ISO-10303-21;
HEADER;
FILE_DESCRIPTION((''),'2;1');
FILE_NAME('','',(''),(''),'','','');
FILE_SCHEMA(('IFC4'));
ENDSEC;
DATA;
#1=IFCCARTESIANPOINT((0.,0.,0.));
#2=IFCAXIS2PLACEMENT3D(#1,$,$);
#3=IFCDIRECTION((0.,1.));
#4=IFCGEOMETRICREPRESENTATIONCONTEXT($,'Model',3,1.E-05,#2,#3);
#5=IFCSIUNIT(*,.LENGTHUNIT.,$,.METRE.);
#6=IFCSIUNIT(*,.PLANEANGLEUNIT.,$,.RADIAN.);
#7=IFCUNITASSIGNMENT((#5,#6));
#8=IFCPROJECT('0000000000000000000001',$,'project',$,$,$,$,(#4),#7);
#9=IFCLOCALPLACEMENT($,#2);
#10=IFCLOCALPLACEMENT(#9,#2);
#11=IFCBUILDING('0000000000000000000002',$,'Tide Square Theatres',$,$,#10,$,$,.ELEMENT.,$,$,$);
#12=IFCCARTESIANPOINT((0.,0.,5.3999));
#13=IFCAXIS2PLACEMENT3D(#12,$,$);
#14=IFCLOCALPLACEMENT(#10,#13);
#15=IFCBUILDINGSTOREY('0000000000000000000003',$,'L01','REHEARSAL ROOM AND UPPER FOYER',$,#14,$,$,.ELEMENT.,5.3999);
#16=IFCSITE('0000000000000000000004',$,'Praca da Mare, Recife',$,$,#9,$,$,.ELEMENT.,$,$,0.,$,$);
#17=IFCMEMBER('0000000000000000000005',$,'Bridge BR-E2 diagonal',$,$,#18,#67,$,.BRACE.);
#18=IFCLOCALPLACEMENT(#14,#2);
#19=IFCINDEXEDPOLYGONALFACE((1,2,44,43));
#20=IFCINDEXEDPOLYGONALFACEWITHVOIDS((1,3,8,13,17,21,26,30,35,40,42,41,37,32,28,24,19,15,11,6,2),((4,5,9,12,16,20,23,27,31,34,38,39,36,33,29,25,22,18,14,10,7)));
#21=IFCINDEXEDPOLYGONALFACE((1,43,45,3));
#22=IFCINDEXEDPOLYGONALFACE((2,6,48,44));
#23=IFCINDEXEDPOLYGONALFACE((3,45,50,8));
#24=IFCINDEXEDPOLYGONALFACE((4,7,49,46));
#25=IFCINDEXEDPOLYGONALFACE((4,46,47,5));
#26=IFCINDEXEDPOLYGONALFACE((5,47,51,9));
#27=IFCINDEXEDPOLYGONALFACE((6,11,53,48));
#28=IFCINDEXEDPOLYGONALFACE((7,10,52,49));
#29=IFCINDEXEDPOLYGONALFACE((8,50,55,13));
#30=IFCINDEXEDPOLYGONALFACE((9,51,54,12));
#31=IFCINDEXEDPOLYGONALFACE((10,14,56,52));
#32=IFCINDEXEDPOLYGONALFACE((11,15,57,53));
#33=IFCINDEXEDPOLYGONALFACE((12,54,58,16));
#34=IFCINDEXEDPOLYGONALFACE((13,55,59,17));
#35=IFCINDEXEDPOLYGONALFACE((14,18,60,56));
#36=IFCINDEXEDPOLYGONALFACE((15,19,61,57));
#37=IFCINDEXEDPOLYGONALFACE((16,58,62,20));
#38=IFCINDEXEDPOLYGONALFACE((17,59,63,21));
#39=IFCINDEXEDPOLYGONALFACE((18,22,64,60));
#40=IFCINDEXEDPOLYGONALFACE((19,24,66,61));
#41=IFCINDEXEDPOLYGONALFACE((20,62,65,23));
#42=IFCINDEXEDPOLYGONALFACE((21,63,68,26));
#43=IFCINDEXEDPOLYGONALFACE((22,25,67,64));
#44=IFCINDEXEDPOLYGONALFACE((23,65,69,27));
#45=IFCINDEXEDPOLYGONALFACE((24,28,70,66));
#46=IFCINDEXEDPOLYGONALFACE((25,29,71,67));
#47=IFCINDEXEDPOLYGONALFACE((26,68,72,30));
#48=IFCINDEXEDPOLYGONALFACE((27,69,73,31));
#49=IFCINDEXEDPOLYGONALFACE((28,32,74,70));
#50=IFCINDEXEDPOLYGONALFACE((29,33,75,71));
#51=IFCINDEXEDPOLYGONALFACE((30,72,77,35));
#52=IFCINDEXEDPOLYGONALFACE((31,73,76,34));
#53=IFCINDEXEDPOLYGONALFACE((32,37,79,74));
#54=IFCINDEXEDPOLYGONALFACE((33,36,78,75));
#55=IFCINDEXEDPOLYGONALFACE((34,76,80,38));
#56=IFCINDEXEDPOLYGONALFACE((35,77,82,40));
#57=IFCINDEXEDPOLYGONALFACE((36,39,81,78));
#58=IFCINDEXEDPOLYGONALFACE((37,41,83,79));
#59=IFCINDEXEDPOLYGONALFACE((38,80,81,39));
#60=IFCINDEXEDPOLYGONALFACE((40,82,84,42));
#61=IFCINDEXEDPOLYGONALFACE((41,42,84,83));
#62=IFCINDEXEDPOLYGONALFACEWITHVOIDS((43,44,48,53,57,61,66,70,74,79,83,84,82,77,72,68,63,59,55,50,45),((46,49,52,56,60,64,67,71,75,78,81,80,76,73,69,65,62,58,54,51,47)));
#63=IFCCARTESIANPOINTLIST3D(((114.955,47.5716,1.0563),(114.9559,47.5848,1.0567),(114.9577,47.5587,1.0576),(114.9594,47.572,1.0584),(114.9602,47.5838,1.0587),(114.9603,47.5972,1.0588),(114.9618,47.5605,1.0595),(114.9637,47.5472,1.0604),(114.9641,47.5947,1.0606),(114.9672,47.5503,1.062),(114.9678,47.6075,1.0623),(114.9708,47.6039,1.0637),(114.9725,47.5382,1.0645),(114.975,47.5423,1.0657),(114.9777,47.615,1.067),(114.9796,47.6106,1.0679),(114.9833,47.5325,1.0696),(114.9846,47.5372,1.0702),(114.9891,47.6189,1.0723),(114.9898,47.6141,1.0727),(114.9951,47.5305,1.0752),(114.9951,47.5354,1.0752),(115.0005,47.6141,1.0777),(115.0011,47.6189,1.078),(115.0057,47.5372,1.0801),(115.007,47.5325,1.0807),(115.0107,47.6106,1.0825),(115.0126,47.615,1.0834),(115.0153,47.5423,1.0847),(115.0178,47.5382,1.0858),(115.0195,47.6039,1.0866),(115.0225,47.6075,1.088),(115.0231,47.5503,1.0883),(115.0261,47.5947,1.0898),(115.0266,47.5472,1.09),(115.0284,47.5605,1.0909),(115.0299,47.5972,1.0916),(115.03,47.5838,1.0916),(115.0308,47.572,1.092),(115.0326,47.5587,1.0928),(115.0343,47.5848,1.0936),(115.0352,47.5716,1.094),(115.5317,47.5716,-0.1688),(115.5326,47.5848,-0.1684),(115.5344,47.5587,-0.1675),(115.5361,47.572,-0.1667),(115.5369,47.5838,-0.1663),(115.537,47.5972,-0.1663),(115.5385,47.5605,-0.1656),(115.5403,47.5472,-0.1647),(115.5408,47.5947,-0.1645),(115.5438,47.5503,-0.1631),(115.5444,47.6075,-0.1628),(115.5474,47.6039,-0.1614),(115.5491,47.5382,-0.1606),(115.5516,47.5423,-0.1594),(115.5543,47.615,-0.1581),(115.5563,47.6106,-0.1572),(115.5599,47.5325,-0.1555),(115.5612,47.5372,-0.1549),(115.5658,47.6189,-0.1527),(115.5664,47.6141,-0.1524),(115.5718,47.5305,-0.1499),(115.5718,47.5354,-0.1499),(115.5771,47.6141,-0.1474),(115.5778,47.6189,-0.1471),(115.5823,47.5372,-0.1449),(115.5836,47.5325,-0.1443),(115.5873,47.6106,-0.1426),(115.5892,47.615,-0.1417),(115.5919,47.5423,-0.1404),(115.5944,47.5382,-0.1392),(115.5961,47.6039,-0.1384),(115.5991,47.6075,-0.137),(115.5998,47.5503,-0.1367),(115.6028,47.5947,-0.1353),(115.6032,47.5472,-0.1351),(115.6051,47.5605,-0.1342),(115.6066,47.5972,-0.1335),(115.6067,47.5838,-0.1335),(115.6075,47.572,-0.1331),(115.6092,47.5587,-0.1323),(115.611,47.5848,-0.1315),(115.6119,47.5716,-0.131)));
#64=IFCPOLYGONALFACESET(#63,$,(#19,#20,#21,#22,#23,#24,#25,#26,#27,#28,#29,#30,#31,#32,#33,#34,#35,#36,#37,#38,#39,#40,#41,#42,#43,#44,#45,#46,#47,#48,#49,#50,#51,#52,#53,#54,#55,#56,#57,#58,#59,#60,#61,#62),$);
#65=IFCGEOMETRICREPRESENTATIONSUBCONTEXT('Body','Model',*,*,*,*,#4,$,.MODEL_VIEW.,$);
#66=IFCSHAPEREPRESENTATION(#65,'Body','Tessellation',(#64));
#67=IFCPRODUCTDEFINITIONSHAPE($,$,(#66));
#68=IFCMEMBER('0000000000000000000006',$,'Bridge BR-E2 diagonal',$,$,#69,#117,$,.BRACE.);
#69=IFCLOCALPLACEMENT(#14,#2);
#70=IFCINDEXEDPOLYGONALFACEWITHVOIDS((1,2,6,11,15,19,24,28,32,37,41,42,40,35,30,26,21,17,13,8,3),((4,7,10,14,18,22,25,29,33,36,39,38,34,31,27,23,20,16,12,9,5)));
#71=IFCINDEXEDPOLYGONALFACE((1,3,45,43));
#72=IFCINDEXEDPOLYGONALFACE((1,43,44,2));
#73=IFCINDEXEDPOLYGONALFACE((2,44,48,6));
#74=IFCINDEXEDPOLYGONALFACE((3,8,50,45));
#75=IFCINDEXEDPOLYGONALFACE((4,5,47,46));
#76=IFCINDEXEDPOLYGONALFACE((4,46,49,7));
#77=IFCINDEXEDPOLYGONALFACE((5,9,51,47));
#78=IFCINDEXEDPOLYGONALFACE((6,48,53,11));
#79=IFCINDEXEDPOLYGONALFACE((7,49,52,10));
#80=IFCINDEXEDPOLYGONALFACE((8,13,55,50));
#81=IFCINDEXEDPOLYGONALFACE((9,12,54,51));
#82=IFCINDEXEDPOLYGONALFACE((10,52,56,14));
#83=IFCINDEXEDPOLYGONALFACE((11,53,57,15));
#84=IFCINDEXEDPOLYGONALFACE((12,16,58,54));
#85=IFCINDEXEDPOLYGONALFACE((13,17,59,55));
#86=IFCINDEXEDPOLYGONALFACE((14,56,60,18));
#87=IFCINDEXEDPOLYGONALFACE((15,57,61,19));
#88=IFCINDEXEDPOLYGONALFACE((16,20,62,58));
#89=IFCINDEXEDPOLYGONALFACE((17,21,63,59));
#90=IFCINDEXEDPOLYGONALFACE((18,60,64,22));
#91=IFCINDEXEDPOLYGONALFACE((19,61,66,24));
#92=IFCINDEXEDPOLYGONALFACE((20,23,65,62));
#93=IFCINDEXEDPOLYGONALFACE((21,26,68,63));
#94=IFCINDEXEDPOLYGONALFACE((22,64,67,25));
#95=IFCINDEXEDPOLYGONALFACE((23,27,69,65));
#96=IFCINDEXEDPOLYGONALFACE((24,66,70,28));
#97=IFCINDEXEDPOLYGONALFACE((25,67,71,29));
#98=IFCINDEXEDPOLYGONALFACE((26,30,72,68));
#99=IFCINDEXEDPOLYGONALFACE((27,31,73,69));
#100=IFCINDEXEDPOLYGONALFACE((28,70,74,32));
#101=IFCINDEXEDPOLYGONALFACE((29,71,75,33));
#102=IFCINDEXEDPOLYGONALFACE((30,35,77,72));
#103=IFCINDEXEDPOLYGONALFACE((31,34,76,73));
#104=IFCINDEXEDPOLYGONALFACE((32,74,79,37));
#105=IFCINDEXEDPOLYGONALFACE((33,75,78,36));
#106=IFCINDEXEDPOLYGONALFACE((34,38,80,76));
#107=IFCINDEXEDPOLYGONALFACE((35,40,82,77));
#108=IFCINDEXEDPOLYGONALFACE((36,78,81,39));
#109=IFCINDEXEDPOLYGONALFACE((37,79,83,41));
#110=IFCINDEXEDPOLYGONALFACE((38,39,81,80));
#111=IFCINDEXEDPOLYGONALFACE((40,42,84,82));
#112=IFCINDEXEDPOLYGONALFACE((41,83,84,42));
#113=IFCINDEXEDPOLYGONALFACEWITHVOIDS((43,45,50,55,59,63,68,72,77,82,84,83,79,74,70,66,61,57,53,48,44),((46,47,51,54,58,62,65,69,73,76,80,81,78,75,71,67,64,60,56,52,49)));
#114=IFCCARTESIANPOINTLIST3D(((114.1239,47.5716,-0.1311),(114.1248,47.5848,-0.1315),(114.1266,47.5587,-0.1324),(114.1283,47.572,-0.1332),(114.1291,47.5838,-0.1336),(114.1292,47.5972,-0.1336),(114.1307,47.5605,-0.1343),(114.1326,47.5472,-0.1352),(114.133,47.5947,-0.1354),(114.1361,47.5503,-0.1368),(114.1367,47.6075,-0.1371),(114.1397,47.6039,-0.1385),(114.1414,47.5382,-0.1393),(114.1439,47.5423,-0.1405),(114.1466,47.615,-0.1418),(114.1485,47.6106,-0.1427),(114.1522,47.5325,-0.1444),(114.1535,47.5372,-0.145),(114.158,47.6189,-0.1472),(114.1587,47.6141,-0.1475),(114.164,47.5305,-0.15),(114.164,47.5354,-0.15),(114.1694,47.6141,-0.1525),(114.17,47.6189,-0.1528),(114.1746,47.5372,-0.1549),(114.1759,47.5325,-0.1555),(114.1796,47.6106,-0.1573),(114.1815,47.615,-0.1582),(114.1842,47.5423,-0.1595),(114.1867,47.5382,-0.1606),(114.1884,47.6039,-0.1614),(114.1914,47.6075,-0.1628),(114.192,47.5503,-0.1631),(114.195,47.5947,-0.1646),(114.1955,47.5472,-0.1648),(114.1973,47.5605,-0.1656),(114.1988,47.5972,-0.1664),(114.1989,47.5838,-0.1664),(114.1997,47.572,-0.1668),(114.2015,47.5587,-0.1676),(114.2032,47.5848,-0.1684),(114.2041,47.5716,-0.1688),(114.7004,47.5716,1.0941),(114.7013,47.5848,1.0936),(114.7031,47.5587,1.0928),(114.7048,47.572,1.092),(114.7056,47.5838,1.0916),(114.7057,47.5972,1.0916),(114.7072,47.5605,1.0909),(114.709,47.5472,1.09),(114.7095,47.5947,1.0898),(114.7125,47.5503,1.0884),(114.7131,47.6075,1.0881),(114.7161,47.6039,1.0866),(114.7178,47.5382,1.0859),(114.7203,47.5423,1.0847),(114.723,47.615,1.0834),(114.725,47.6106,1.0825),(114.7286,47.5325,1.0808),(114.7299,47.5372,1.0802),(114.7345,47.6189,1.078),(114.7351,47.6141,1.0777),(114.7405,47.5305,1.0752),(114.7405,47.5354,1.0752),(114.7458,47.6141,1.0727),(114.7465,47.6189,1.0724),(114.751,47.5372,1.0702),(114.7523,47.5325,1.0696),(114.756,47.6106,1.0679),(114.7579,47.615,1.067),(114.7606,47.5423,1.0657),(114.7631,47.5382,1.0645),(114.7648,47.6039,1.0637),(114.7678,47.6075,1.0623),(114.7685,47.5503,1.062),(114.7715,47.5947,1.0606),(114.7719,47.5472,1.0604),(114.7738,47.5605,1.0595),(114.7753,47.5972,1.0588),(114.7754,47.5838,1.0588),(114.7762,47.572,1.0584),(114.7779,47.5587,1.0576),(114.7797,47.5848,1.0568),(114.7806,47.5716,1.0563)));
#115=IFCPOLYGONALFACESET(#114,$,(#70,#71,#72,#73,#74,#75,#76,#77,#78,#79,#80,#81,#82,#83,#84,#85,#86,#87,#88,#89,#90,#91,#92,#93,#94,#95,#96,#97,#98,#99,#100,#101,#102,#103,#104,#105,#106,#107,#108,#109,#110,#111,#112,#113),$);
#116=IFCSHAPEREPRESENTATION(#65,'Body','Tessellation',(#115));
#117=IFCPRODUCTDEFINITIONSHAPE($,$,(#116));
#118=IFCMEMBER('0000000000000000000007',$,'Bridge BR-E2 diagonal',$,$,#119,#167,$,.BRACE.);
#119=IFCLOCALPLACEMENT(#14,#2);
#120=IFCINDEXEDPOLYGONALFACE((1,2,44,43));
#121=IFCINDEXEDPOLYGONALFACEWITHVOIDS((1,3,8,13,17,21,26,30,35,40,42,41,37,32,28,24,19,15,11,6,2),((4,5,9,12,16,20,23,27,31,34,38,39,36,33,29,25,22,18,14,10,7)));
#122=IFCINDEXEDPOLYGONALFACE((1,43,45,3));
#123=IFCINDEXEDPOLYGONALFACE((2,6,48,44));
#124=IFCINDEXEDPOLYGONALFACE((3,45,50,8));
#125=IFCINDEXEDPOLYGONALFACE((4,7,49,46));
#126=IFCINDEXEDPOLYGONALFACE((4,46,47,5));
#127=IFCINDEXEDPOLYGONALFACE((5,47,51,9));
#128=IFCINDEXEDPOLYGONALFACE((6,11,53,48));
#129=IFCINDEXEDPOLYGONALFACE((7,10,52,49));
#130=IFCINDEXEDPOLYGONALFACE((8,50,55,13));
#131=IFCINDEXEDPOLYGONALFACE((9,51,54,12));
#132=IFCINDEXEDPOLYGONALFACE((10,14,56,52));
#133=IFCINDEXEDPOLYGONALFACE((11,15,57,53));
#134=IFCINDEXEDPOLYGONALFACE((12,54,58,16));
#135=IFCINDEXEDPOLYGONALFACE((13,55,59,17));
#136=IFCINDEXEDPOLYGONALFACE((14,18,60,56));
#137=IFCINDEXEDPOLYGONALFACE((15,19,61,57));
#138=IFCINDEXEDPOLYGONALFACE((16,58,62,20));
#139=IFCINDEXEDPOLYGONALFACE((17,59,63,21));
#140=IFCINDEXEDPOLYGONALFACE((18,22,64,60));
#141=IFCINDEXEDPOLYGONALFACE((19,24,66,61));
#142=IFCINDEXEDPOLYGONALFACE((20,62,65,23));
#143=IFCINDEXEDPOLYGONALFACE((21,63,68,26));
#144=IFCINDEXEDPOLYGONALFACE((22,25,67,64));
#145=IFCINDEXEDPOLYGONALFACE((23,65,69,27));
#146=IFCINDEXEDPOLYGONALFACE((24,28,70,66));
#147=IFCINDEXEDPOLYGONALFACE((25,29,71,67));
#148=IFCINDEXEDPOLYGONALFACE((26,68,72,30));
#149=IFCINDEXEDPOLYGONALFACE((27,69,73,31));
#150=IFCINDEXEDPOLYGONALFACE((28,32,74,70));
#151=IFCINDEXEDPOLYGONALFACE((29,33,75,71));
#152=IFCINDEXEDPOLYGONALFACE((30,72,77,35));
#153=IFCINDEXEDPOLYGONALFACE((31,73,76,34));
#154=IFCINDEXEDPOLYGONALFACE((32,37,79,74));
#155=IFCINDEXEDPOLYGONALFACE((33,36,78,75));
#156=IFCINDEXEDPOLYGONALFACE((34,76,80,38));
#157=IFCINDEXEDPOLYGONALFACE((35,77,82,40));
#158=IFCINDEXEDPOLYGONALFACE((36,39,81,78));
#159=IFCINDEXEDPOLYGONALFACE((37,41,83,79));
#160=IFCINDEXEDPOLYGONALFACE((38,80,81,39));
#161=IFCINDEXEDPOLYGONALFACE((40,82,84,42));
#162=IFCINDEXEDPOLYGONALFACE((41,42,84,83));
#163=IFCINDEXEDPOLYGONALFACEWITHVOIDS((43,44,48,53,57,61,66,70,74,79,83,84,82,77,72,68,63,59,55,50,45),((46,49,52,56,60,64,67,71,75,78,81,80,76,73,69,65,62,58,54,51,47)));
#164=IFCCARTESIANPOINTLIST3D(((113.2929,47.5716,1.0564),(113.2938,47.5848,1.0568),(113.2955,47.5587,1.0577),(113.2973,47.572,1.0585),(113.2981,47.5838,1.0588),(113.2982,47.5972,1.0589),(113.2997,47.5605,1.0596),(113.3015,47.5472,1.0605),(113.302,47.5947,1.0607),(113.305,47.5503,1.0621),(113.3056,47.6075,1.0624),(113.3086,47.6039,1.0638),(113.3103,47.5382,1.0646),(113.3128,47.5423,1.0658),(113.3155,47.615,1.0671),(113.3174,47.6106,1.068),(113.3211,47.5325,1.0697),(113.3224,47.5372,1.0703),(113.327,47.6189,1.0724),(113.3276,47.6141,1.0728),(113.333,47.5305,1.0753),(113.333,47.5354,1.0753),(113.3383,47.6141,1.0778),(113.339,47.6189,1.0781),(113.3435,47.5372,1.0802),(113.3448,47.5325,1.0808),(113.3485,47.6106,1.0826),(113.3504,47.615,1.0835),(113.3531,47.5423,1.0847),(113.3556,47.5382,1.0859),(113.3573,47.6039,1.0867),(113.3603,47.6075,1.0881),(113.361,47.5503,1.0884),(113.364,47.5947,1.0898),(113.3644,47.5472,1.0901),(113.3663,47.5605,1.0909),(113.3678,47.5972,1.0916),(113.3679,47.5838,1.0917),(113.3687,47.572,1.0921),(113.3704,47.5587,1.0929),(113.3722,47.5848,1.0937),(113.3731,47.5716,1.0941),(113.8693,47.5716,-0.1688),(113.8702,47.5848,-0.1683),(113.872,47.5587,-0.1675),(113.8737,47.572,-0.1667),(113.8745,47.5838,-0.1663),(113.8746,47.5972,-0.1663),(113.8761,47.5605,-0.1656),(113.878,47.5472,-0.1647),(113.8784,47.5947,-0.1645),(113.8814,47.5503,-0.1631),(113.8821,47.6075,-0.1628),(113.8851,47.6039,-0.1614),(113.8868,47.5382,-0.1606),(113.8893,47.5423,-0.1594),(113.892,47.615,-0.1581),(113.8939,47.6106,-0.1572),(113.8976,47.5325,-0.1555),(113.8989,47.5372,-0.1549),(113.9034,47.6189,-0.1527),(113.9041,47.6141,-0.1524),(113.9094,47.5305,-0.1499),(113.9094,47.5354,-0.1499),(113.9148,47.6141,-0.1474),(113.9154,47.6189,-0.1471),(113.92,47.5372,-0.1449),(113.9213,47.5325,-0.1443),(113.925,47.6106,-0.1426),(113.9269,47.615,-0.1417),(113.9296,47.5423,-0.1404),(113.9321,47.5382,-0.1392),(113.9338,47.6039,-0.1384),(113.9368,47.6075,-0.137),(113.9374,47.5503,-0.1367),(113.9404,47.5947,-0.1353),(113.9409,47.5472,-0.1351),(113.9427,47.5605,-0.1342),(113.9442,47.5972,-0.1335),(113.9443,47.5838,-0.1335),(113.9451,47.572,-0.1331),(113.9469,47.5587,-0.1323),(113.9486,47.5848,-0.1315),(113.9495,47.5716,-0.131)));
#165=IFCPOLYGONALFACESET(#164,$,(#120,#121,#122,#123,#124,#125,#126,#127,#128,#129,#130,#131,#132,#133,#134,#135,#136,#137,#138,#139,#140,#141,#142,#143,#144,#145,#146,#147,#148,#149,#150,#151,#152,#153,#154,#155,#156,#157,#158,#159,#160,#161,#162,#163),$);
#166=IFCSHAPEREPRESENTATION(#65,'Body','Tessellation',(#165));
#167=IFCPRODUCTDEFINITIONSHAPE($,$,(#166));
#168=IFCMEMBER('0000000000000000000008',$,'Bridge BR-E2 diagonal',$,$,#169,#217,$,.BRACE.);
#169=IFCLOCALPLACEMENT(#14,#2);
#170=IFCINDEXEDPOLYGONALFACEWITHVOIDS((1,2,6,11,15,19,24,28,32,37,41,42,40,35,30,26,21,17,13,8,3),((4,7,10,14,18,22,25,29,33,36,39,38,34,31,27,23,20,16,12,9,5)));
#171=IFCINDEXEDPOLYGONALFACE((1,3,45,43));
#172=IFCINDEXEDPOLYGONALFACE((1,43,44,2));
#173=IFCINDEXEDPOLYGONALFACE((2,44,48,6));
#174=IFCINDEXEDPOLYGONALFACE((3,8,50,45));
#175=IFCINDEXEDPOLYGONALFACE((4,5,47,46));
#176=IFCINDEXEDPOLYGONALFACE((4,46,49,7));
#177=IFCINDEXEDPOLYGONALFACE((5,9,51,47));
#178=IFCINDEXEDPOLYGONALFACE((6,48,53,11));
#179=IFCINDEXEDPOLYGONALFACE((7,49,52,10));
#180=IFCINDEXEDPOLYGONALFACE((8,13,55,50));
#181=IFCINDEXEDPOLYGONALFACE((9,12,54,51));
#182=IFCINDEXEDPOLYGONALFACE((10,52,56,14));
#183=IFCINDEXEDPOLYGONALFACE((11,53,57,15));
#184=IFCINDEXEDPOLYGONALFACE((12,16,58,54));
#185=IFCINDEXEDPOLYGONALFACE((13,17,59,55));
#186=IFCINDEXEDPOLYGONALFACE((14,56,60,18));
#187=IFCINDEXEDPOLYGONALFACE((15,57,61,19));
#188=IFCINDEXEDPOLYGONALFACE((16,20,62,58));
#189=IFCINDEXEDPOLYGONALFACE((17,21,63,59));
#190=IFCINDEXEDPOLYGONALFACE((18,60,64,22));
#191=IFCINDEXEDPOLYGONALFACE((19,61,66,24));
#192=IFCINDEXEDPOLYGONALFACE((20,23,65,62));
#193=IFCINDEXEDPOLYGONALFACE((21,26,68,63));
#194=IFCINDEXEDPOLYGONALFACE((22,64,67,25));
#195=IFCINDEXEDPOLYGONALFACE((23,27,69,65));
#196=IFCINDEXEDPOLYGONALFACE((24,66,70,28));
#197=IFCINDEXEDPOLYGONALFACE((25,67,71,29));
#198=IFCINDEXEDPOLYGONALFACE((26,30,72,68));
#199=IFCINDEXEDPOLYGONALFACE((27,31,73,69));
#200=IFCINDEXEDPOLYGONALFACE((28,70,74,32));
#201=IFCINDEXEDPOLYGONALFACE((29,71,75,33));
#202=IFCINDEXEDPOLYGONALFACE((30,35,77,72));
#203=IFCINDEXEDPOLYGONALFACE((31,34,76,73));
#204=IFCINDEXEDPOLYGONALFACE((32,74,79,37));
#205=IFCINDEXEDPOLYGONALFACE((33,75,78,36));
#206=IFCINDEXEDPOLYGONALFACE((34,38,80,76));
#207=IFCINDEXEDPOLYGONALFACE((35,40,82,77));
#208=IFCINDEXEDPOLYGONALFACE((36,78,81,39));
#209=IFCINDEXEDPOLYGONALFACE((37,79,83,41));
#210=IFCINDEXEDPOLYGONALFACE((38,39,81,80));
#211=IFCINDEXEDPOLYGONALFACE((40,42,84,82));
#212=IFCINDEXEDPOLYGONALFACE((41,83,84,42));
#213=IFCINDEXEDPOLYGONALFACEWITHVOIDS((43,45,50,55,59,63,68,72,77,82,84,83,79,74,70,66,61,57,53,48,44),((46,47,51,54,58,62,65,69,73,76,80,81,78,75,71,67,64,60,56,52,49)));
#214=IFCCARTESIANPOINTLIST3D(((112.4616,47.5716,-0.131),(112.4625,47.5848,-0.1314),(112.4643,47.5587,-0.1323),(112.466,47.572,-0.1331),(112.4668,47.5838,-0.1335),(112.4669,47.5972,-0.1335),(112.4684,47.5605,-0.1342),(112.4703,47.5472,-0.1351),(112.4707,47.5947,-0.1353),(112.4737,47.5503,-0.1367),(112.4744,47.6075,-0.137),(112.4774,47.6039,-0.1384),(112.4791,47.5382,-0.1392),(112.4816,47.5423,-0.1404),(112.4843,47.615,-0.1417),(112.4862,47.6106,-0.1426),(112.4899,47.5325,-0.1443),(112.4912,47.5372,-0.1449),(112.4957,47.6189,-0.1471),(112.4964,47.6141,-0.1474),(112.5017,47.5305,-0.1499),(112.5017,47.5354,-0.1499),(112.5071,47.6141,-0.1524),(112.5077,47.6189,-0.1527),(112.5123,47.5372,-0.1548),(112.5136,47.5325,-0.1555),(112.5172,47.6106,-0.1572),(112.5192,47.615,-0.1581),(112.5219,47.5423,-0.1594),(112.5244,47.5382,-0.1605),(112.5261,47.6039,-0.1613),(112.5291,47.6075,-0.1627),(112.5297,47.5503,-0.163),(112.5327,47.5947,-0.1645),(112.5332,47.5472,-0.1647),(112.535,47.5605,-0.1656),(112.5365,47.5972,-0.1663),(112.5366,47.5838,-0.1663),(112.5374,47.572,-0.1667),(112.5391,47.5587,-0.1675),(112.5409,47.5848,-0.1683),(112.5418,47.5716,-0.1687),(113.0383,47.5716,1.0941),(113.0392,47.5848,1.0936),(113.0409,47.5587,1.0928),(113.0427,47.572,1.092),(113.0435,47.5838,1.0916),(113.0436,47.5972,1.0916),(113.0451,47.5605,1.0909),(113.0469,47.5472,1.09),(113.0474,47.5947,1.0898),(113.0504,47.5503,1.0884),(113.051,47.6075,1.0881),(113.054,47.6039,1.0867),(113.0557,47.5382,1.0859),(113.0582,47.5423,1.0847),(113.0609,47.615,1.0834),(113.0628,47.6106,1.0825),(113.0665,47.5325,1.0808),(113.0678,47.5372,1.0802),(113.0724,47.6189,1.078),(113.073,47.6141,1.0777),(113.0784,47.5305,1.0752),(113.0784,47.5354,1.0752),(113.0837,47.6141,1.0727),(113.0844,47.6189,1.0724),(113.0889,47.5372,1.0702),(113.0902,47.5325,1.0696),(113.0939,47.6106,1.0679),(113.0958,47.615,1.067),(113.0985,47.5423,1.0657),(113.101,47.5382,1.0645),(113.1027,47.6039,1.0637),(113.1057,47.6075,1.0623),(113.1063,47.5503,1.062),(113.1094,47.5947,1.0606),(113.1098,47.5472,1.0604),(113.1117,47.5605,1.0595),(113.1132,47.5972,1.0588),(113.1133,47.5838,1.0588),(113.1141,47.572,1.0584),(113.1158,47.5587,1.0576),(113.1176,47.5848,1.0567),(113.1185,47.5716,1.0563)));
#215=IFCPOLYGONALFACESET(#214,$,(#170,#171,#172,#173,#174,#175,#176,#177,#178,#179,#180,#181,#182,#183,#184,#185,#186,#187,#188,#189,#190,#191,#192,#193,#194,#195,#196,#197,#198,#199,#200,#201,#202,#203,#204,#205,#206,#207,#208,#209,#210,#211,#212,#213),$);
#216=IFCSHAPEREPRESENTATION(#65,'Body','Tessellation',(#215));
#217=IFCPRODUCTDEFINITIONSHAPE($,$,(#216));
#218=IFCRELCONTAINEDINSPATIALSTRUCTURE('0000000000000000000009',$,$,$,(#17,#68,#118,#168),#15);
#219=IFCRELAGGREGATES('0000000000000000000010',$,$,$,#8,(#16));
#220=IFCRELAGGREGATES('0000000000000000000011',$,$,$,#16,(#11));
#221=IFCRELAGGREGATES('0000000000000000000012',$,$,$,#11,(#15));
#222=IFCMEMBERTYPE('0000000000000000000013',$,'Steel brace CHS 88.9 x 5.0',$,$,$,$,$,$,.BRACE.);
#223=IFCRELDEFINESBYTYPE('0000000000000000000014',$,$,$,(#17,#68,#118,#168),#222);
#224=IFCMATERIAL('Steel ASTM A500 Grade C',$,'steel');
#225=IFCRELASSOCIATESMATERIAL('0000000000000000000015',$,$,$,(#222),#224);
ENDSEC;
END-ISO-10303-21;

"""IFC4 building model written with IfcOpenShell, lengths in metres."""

from ifc_helpers import new_model, si_unit, direction, frame, origin, origin_2d, place, context, subcontext, project, spatial, hollow_circle, extrude, material, material_profile, profile_set, type_object, element, save


model = new_model("IFC4")

# Units and contexts
model_context = context("Model", 3, precision=1e-05, world=origin(), true_north=direction((0.0, 1.0)))
body_context = subcontext(model_context, "Body", "Model", "MODEL_VIEW")
ifc_project = project(units=[si_unit("LENGTHUNIT", "METRE"), si_unit("PLANEANGLEUNIT", "RADIAN")], contexts=[model_context])

# Site, building, storey
site_placement = place(None, origin())
site = spatial("IfcSite", under=ifc_project, at=site_placement, Name="Praca da Mare, Recife", CompositionType="ELEMENT", RefElevation=0.0)
building_placement = place(site_placement, origin())
building = spatial("IfcBuilding", under=site, at=building_placement, Name="Tide Square Theatres", CompositionType="ELEMENT")
storey_placement = place(building_placement, frame((0.0, 0.0, 5.3999)))
storey = spatial("IfcBuildingStorey", under=building, at=storey_placement, Name="L01", Description="REHEARSAL ROOM AND UPPER FOYER", CompositionType="ELEMENT", Elevation=5.3999)

# Members
ifc_material_1 = material(Name="Steel ASTM A500 Grade C", Category="steel")
ifc_material_profile_1 = material_profile(ifc_material_1, hollow_circle(Radius=0.0444, WallThickness=0.0049, at=origin_2d()))
ifc_profile_set_1 = profile_set([ifc_material_profile_1], Name="Steel ASTM A500 Grade C")
member_type_1 = type_object("IfcMemberType", Name="Steel brace CHS 88.9 x 5.0", PredefinedType="BRACE", material=ifc_profile_set_1)
for number, where, z_axis, x_axis, name in (
    (1, (115.5718, 47.575, -0.1499), (-0.425884, 0.0, 0.904778), (0.0, -1.0, 0.0), "Bridge BR-E2 diagonal"),
    (2, (114.7405, 47.575, 1.0752), (-0.425736, 0.0, -0.904847), (0.0, -1.0, 0.0), "Bridge BR-E2 diagonal"),
    (3, (113.9094, 47.575, -0.1499), (-0.425736, 0.0, 0.904847), (0.0, -1.0, 0.0), "Bridge BR-E2 diagonal"),
    (4, (113.0784, 47.575, 1.0752), (-0.425884, 0.0, -0.904778), (0.0, -1.0, 0.0), "Bridge BR-E2 diagonal"),
):
    element("IfcMember", number, at=place(storey_placement, frame(where, z_axis=z_axis, x_axis=x_axis)), inside=storey, type_object=member_type_1, Name=name, PredefinedType="BRACE", context=body_context, shape_type="SweptSolid", body=[
        extrude(hollow_circle(Radius=0.0444, WallThickness=0.0049, at=origin_2d()), origin(), (0.0, 0.0, 1.0), 1.354),
    ])

save(model, "model.ifc")
